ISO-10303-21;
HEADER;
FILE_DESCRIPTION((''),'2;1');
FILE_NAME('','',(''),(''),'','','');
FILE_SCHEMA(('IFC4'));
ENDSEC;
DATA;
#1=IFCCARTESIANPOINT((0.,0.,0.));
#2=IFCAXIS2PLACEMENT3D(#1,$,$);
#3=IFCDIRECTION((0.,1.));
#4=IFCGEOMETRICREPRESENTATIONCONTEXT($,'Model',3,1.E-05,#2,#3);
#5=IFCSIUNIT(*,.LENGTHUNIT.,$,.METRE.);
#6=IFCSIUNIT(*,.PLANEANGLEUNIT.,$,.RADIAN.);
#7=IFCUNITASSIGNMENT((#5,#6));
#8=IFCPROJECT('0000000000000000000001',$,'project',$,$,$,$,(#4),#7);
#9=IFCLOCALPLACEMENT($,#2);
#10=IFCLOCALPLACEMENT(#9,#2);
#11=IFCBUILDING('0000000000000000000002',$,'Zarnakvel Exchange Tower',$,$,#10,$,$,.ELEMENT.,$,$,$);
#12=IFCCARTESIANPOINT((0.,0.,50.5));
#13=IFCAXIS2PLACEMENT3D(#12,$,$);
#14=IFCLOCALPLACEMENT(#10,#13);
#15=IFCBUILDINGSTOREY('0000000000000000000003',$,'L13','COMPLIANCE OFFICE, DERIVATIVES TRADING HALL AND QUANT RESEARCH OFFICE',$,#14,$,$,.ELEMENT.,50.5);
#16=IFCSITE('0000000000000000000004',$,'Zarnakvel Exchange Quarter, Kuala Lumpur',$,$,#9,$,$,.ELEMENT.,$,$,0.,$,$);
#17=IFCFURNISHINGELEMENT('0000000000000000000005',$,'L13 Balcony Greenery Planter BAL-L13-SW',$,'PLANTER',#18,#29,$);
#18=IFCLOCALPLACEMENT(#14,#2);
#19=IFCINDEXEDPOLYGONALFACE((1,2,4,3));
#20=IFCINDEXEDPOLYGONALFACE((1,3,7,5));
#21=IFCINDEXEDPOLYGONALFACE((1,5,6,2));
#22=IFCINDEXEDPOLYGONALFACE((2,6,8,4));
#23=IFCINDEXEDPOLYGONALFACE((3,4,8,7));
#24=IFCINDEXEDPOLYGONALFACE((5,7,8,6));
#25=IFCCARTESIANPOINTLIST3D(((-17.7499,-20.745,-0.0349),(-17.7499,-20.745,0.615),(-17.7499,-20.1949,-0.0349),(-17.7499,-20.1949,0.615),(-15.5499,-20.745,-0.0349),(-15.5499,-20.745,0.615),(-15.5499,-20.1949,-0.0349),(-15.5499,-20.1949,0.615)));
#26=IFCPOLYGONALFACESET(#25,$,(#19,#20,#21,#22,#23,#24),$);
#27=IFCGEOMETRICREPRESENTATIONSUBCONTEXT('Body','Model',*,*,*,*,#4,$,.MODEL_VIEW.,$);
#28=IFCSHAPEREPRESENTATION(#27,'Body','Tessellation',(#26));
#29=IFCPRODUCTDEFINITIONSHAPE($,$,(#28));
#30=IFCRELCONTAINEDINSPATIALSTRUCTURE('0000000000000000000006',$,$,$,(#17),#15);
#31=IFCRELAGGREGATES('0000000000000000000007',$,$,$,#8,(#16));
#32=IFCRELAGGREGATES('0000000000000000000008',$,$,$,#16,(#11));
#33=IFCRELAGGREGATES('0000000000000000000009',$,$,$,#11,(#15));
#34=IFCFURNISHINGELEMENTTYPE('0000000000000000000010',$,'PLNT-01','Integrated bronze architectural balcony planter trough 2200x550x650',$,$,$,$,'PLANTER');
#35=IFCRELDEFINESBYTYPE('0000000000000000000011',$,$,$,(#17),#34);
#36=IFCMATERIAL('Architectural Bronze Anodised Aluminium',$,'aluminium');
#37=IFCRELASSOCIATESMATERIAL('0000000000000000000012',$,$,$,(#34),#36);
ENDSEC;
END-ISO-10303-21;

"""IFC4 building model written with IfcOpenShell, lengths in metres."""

from ifc_helpers import new_model, si_unit, direction, frame, origin, origin_2d, place, context, subcontext, project, spatial, rectangle, extrude, source, transform, mapped, material, type_object, element, save


model = new_model("IFC4")

# Units and contexts
model_context = context("Model", 3, precision=1e-05, world=origin(), true_north=direction((0.0, 1.0)))
body_context = subcontext(model_context, "Body", "Model", "MODEL_VIEW")
ifc_project = project(units=[si_unit("LENGTHUNIT", "METRE"), si_unit("PLANEANGLEUNIT", "RADIAN")], contexts=[model_context])

# Site, building, storey
site_placement = place(None, origin())
site = spatial("IfcSite", under=ifc_project, at=site_placement, Name="Zarnakvel Exchange Quarter, Kuala Lumpur", CompositionType="ELEMENT", RefElevation=0.0)
building_placement = place(site_placement, origin())
building = spatial("IfcBuilding", under=site, at=building_placement, Name="Zarnakvel Exchange Tower", CompositionType="ELEMENT")
storey_placement = place(building_placement, frame((0.0, 0.0, 50.5)))
storey = spatial("IfcBuildingStorey", under=building, at=storey_placement, Name="L13", Description="COMPLIANCE OFFICE, DERIVATIVES TRADING HALL AND QUANT RESEARCH OFFICE", CompositionType="ELEMENT", Elevation=50.5)

# Shared definitions
ifc_material_1 = material(Name="Architectural Bronze Anodised Aluminium", Category="aluminium")

# Furnishing element
furnishing_element_type = type_object("IfcFurnishingElementType", Name="PLNT-01", Description="Integrated bronze architectural balcony planter trough 2200x550x650", ElementType="PLANTER", material=ifc_material_1)
shared_shape_1 = source(origin(), body_context, "Body", "SweptSolid", [
    extrude(rectangle(XDim=2.2, YDim=0.55, at=origin_2d()), origin(), (0.0, 0.0, 1.0), 0.6499),
])
furnishing_placement = place(storey_placement, frame((-16.6499, -20.47, -0.0349), z_axis=(0.0, 0.0, 1.0), x_axis=(1.0, 0.0, 0.0)))
element("IfcFurnishingElement", 1, at=furnishing_placement, inside=storey, type_object=furnishing_element_type, Name="L13 Balcony Greenery Planter BAL-L13-SW", ObjectType="PLANTER", context=body_context, shape_type="MappedRepresentation", body=[
    mapped(shared_shape_1, transform((0.0, 0.0, 0.0), x_axis=(1.0, 0.0, 0.0), y_axis=(0.0, 1.0, 0.0), z_axis=(0.0, 0.0, 1.0), scale=1.0)),
])

save(model, "model.ifc")
